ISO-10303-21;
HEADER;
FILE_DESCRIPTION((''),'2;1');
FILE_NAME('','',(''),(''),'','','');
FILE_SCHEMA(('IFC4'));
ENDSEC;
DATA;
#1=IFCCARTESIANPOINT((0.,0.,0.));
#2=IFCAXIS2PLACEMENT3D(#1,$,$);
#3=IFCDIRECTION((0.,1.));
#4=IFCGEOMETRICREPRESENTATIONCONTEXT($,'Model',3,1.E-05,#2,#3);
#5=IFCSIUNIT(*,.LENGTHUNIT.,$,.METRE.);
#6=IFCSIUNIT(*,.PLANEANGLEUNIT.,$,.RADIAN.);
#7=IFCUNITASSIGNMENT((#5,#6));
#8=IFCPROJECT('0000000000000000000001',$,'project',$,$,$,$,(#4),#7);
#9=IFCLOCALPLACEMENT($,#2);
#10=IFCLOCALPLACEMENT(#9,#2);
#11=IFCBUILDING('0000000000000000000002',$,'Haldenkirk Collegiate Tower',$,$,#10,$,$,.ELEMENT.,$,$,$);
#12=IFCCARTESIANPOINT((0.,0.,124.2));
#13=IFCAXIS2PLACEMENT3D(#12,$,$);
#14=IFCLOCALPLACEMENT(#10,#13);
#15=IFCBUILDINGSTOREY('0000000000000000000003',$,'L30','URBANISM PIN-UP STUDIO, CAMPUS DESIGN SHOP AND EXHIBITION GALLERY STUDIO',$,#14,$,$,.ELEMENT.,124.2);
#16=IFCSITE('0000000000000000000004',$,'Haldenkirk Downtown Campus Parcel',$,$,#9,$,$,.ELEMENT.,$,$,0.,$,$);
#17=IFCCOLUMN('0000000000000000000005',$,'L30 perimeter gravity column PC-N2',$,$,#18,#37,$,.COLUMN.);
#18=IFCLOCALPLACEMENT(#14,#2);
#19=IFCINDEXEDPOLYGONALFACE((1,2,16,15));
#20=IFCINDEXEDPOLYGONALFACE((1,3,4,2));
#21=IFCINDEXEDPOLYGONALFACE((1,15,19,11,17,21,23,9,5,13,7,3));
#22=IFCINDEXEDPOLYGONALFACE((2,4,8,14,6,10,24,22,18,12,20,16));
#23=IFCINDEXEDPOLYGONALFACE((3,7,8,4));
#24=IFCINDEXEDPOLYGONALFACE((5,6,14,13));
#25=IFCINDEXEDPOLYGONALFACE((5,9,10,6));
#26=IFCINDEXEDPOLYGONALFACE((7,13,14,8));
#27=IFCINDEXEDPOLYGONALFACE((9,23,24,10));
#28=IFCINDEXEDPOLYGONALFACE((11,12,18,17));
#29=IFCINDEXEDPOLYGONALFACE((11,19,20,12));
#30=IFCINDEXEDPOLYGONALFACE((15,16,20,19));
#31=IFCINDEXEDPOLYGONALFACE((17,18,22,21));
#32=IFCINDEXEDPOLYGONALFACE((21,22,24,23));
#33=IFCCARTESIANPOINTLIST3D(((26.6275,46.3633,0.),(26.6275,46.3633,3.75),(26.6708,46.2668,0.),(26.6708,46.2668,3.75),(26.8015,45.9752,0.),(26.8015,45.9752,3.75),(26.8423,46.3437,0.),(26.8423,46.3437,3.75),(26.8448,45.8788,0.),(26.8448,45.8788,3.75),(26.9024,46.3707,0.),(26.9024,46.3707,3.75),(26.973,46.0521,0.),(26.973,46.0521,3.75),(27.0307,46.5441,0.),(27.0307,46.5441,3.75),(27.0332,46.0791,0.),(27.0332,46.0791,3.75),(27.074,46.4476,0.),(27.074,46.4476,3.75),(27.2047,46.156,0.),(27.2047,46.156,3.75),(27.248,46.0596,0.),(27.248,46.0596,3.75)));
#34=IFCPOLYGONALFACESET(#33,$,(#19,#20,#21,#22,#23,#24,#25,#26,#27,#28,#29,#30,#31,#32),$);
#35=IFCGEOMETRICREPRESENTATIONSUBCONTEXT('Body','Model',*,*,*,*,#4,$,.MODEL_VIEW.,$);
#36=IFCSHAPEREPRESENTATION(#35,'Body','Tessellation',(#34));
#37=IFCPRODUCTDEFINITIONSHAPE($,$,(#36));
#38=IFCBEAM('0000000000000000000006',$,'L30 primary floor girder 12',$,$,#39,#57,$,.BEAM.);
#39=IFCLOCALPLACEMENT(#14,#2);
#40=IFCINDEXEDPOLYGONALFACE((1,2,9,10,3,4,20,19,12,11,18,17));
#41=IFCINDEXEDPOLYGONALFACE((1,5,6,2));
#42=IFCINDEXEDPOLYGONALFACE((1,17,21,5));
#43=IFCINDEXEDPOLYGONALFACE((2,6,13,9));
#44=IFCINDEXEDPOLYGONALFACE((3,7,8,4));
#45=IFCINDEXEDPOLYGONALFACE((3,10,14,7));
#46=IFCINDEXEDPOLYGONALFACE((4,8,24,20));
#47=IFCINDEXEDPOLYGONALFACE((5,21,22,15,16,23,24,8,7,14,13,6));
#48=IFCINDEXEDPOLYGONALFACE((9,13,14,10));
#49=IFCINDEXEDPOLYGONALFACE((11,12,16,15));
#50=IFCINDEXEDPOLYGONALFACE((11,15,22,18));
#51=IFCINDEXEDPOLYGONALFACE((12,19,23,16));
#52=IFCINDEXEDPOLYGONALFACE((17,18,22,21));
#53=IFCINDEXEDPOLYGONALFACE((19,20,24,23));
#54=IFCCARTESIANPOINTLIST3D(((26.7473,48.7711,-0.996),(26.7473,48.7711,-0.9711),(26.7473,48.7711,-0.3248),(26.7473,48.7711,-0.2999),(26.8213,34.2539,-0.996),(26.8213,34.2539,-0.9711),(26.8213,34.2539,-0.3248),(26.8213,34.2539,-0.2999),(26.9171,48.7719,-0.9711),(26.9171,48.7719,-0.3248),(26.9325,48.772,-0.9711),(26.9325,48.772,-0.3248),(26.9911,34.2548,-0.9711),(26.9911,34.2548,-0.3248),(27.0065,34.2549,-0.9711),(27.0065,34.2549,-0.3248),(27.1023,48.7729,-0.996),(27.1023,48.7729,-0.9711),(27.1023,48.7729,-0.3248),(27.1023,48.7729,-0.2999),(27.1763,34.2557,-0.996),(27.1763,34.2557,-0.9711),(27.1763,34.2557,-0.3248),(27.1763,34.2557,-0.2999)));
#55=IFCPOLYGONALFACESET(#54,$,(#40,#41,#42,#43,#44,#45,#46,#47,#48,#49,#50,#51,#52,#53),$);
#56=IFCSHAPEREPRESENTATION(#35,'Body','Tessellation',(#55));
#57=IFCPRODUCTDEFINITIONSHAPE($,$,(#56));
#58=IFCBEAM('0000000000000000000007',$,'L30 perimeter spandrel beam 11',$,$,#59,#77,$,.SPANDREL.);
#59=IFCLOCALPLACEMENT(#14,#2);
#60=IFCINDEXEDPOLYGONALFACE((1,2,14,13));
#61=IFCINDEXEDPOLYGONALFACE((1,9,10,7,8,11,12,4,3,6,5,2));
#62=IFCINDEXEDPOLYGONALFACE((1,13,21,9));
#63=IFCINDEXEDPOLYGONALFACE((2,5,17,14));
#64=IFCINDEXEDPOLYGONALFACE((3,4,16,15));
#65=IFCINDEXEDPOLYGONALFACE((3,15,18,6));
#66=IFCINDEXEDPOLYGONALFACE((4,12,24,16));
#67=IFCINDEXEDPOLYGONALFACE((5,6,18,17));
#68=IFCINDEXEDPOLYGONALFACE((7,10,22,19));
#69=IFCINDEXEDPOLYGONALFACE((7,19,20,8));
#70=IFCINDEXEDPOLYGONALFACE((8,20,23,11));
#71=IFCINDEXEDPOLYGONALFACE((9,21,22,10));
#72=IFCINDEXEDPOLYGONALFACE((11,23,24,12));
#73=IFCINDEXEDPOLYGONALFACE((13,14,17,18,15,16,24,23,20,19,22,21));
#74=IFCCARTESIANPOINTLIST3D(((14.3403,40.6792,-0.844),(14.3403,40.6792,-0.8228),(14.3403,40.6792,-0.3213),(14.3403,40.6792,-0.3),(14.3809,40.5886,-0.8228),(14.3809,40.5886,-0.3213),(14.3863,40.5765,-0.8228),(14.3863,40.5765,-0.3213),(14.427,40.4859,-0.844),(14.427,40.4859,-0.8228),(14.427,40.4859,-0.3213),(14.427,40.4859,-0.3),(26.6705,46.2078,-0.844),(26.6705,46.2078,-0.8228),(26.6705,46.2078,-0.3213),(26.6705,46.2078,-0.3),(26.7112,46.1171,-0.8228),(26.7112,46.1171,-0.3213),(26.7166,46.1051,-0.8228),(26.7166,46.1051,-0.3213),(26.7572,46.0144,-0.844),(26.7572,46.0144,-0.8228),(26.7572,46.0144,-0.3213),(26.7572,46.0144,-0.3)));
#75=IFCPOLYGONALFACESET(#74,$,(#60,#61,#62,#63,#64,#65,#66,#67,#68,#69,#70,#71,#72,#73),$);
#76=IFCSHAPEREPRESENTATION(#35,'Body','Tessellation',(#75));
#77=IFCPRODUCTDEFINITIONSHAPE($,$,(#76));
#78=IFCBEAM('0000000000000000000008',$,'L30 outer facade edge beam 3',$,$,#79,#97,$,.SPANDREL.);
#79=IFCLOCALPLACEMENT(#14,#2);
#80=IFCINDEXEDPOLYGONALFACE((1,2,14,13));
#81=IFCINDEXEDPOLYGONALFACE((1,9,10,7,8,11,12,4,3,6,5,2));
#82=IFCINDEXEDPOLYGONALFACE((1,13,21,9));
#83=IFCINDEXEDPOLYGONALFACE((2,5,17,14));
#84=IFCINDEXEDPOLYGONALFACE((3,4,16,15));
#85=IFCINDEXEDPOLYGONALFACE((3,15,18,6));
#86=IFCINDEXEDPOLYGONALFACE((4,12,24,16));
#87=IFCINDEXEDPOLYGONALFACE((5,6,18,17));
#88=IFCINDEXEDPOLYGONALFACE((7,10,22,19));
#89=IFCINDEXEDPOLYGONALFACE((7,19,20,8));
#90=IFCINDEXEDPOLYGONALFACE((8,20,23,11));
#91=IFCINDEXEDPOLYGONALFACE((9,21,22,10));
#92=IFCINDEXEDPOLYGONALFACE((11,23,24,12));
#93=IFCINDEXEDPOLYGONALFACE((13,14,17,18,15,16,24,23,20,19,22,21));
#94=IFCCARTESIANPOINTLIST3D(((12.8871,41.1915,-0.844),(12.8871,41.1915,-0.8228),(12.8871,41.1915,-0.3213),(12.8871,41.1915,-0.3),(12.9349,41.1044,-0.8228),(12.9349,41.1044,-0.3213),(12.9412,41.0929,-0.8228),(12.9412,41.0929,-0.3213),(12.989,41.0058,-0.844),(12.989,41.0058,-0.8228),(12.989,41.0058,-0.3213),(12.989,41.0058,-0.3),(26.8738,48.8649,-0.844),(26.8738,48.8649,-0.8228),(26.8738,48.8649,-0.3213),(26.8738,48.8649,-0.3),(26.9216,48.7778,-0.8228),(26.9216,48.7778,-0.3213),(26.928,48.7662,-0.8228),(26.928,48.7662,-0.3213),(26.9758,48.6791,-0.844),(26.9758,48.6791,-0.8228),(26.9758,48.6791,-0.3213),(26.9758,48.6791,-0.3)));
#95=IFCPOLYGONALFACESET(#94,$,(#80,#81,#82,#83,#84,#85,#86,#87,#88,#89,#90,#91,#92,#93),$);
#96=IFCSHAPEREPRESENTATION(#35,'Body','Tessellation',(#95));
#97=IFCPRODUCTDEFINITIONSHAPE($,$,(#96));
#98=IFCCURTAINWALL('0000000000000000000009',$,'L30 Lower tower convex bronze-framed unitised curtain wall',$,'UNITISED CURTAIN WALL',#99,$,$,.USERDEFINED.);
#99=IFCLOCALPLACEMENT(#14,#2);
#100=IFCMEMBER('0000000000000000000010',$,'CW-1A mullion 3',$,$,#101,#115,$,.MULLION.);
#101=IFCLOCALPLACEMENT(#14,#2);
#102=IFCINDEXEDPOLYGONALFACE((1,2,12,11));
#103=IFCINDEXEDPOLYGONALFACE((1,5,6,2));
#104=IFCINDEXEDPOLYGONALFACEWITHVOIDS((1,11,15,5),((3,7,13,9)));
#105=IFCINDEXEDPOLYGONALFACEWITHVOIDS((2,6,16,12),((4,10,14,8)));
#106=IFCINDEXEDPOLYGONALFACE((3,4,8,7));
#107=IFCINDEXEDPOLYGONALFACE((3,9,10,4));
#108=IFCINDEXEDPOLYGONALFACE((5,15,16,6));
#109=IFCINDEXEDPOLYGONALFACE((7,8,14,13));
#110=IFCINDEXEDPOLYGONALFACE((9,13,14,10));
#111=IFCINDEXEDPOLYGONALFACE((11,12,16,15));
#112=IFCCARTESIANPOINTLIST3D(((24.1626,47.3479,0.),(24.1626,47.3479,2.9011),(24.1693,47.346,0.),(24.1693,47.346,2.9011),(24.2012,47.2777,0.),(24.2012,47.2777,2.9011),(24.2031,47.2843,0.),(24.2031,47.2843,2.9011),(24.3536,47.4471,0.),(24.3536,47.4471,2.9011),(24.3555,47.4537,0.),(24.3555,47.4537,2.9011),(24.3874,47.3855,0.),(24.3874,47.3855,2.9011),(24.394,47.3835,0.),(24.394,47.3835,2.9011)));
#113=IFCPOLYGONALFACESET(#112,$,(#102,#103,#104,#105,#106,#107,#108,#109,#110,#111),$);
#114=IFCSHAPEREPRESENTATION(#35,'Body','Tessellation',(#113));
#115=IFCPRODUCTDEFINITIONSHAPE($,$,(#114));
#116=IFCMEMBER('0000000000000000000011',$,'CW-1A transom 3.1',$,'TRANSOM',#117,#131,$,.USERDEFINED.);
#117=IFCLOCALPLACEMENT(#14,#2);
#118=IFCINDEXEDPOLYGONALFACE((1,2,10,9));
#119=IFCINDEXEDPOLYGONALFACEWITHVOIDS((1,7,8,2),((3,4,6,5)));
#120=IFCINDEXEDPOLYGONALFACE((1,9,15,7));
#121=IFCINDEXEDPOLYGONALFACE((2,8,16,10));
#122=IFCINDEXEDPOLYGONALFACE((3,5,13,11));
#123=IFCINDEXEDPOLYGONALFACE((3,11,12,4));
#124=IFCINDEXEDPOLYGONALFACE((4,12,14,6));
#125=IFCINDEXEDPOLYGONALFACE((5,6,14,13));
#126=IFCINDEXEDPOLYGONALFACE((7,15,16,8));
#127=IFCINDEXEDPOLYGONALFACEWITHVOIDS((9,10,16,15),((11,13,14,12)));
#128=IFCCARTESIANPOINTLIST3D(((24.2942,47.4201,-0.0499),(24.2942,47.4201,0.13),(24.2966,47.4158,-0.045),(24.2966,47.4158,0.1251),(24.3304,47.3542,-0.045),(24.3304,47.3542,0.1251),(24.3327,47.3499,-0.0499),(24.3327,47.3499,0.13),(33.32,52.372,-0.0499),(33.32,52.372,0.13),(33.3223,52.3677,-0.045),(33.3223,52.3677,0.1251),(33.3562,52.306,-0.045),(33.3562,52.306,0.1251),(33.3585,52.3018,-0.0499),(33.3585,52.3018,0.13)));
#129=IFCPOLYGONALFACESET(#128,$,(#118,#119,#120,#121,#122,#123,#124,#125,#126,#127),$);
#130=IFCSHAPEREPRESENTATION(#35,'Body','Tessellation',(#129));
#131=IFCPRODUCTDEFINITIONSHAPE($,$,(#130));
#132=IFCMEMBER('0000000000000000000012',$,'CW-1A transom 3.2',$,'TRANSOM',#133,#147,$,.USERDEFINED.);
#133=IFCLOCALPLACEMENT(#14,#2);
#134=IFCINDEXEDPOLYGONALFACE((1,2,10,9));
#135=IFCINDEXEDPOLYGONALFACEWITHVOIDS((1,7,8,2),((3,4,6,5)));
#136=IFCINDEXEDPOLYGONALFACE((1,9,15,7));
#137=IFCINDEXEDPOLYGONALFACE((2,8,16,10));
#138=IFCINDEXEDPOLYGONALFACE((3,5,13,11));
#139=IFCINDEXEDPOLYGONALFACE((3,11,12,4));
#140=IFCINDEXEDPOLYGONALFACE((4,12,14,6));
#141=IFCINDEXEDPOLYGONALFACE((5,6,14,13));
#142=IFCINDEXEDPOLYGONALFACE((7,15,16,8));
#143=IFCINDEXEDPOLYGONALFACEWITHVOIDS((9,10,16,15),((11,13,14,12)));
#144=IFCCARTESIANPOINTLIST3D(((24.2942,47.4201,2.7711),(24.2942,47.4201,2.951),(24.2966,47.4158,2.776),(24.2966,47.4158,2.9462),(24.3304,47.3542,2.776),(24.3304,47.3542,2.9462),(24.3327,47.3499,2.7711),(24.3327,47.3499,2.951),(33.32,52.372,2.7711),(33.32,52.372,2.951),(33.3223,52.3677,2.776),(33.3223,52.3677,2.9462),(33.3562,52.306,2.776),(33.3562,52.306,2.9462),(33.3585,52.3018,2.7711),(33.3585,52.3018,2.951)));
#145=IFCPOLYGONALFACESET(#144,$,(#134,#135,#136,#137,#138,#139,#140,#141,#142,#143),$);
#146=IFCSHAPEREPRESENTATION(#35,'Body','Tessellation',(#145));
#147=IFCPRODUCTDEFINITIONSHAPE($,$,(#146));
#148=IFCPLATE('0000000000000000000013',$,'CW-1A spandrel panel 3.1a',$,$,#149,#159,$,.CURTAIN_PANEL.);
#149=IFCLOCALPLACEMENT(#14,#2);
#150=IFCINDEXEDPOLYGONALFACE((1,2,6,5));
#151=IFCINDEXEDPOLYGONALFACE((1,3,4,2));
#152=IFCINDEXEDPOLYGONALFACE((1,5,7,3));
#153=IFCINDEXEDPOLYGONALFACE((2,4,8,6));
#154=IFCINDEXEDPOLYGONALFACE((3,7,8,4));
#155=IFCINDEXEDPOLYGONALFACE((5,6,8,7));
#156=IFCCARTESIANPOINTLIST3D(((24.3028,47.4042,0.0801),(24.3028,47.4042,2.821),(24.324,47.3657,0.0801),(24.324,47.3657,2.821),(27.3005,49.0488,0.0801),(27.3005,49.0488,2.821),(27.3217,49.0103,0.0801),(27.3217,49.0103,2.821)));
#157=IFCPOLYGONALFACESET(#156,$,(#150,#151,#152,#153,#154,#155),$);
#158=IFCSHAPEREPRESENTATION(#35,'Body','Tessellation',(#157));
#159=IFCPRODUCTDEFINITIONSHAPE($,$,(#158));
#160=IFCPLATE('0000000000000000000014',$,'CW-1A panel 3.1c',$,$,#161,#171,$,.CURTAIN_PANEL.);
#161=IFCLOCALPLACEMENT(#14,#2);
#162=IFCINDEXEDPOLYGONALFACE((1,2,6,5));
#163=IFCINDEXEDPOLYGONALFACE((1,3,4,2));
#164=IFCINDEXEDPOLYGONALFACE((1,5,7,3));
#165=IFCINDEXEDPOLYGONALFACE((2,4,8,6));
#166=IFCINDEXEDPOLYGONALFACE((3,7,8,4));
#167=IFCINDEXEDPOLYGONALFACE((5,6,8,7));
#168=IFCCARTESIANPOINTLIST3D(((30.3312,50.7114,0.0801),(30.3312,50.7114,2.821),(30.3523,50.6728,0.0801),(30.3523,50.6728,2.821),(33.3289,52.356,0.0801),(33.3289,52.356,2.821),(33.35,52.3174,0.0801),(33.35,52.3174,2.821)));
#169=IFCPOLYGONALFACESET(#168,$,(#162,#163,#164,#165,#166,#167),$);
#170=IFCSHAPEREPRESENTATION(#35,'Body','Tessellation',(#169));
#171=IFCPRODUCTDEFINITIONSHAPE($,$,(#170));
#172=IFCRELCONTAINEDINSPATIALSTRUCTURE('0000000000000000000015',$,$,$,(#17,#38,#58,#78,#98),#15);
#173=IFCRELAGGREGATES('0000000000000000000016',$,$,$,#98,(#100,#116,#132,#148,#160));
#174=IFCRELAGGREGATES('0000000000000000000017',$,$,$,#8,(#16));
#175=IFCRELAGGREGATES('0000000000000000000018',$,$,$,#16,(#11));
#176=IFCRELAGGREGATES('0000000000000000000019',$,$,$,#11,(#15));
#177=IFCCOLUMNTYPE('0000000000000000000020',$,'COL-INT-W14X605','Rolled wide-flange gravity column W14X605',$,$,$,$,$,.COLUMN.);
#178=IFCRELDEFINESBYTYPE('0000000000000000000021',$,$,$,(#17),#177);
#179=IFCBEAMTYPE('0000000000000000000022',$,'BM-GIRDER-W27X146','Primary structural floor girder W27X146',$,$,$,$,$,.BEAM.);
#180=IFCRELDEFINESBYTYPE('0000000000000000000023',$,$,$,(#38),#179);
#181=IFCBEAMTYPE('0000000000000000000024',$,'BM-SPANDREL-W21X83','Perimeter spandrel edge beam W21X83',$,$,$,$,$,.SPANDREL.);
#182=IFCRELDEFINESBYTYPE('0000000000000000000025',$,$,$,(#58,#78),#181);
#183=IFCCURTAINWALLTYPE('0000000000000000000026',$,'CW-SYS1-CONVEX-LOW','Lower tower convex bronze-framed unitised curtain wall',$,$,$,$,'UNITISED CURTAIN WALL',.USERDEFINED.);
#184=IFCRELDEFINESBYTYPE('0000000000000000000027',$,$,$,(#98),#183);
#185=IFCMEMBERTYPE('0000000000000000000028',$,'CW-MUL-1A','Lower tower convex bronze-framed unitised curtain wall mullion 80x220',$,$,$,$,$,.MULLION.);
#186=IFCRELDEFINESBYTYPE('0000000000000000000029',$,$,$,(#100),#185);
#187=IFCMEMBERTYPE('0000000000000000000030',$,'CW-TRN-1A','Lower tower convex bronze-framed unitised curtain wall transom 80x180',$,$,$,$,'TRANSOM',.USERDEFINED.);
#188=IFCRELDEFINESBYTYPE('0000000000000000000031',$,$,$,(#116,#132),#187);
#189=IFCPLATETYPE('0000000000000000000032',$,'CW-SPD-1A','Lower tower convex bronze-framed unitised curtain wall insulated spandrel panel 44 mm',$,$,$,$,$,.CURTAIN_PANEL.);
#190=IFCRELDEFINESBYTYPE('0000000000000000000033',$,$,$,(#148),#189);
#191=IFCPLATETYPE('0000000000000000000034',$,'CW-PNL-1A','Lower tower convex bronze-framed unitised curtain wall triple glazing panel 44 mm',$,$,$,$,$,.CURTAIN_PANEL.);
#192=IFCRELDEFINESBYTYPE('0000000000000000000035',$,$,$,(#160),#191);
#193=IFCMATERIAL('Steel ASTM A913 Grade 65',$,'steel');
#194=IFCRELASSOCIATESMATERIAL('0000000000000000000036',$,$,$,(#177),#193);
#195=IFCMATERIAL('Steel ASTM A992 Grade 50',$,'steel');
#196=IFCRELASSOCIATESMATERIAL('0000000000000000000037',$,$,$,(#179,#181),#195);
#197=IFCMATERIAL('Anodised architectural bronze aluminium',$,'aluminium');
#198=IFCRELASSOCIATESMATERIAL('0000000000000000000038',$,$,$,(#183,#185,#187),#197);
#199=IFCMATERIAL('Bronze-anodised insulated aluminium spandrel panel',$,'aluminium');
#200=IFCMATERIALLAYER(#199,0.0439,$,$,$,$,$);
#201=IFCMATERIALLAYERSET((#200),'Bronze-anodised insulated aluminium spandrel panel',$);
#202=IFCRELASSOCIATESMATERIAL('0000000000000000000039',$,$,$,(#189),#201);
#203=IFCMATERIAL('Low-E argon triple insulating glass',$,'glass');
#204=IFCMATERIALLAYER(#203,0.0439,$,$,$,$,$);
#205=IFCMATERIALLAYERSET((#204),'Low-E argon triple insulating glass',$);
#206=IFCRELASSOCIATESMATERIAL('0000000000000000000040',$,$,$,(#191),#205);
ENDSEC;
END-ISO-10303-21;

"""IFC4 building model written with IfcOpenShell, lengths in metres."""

from ifc_helpers import new_model, si_unit, direction, frame, origin, origin_2d, place, context, subcontext, project, spatial, rectangle, hollow_rectangle, i_section, extrude, source, transform, mapped, material, layer, layer_set, material_profile, profile_set, type_object, element, aggregate, save


model = new_model("IFC4")

# Units and contexts
model_context = context("Model", 3, precision=1e-05, world=origin(), true_north=direction((0.0, 1.0)))
body_context = subcontext(model_context, "Body", "Model", "MODEL_VIEW")
ifc_project = project(units=[si_unit("LENGTHUNIT", "METRE"), si_unit("PLANEANGLEUNIT", "RADIAN")], contexts=[model_context])

# Site, building, storey
site_placement = place(None, origin())
site = spatial("IfcSite", under=ifc_project, at=site_placement, Name="Haldenkirk Downtown Campus Parcel", CompositionType="ELEMENT", RefElevation=0.0)
building_placement = place(site_placement, origin())
building = spatial("IfcBuilding", under=site, at=building_placement, Name="Haldenkirk Collegiate Tower", CompositionType="ELEMENT")
storey_placement = place(building_placement, frame((0.0, 0.0, 124.2)))
storey = spatial("IfcBuildingStorey", under=building, at=storey_placement, Name="L30", Description="URBANISM PIN-UP STUDIO, CAMPUS DESIGN SHOP AND EXHIBITION GALLERY STUDIO", CompositionType="ELEMENT", Elevation=124.2)

# Column
ifc_material_1 = material(Name="Steel ASTM A913 Grade 65", Category="steel")
ifc_material_profile_1 = material_profile(ifc_material_1, i_section(OverallWidth=0.4419, OverallDepth=0.531, WebThickness=0.0659, FlangeThickness=0.1057, at=origin_2d()), Name="W14X605")
ifc_profile_set_1 = profile_set([ifc_material_profile_1], Name="Steel ASTM A913 Grade 65")
column_type = type_object("IfcColumnType", Name="COL-INT-W14X605", Description="Rolled wide-flange gravity column W14X605", PredefinedType="COLUMN", material=ifc_profile_set_1)
column_placement = place(storey_placement, frame((26.9377, 46.2114, 0.0), z_axis=(0.0, 0.0, 1.0), x_axis=(0.912477, 0.409127, 0.0)))
element("IfcColumn", 1, at=column_placement, inside=storey, type_object=column_type, Name="L30 perimeter gravity column PC-N2", PredefinedType="COLUMN", context=body_context, shape_type="SweptSolid", body=[
    extrude(i_section(OverallWidth=0.4419, OverallDepth=0.531, WebThickness=0.0659, FlangeThickness=0.1057, at=origin_2d()), origin(), (0.0, 0.0, 1.0), 3.75),
])

# Beams
ifc_material_2 = material(Name="Steel ASTM A992 Grade 50", Category="steel")
ifc_material_profile_2 = material_profile(ifc_material_2, i_section(OverallWidth=0.355, OverallDepth=0.696, WebThickness=0.0154, FlangeThickness=0.0249, at=origin_2d()), Name="W27X146")
ifc_profile_set_2 = profile_set([ifc_material_profile_2], Name="Steel ASTM A992 Grade 50")
beam_type_1 = type_object("IfcBeamType", Name="BM-GIRDER-W27X146", Description="Primary structural floor girder W27X146", PredefinedType="BEAM", material=ifc_profile_set_2)
beam_1_placement = place(storey_placement, frame((26.9248, 48.772, -0.6479), z_axis=(0.005096, -0.999987, 0.0), x_axis=(0.999987, 0.005096, 0.0)))
element("IfcBeam", 2, at=beam_1_placement, inside=storey, type_object=beam_type_1, Name="L30 primary floor girder 12", PredefinedType="BEAM", context=body_context, shape_type="SweptSolid", body=[
    extrude(i_section(OverallWidth=0.355, OverallDepth=0.696, WebThickness=0.0154, FlangeThickness=0.0249, at=origin_2d()), origin(), (0.0, 0.0, 1.0), 14.5173),
])
ifc_material_profile_3 = material_profile(ifc_material_2, i_section(OverallWidth=0.2119, OverallDepth=0.5439, WebThickness=0.0132, FlangeThickness=0.0212, at=origin_2d()), Name="W21X83")
ifc_profile_set_3 = profile_set([ifc_material_profile_3], Name="Steel ASTM A992 Grade 50")
beam_type_2 = type_object("IfcBeamType", Name="BM-SPANDREL-W21X83", Description="Perimeter spandrel edge beam W21X83", PredefinedType="SPANDREL", material=ifc_profile_set_3)
beam_2_placement = place(storey_placement, frame((26.7139, 46.1111, -0.572), z_axis=(-0.912477, -0.409129, 0.0), x_axis=(0.409129, -0.912477, 0.0)))
element("IfcBeam", 3, at=beam_2_placement, inside=storey, type_object=beam_type_2, Name="L30 perimeter spandrel beam 11", PredefinedType="SPANDREL", context=body_context, shape_type="SweptSolid", body=[
    extrude(i_section(OverallWidth=0.2119, OverallDepth=0.5439, WebThickness=0.0132, FlangeThickness=0.0212, at=origin_2d()), origin(), (0.0, 0.0, 1.0), 13.5129),
])
beam_3_placement = place(storey_placement, frame((26.9248, 48.772, -0.572), z_axis=(-0.876729, -0.480984, 0.0), x_axis=(0.480984, -0.876729, 0.0)))
element("IfcBeam", 4, at=beam_3_placement, inside=storey, type_object=beam_type_2, Name="L30 outer facade edge beam 3", PredefinedType="SPANDREL", context=body_context, shape_type="SweptSolid", body=[
    extrude(i_section(OverallWidth=0.2119, OverallDepth=0.5439, WebThickness=0.0132, FlangeThickness=0.0212, at=origin_2d()), origin(), (0.0, 0.0, 1.0), 15.9534),
])

# Curtain wall, members, plates
ifc_material_3 = material(Name="Anodised architectural bronze aluminium", Category="aluminium")
curtain_wall_type = type_object("IfcCurtainWallType", Name="CW-SYS1-CONVEX-LOW", Description="Lower tower convex bronze-framed unitised curtain wall", ElementType="UNITISED CURTAIN WALL", PredefinedType="USERDEFINED", material=ifc_material_3)
curtain_wall_placement = place(storey_placement, origin())
curtain_wall = element("IfcCurtainWall", 5, at=curtain_wall_placement, inside=storey, type_object=curtain_wall_type, Name="L30 Lower tower convex bronze-framed unitised curtain wall", ObjectType="UNITISED CURTAIN WALL", PredefinedType="USERDEFINED")
ifc_material_profile_4 = material_profile(ifc_material_3, hollow_rectangle(XDim=0.0801, YDim=0.22, WallThickness=0.0049, at=origin_2d()), Name="CW-MUL-1A")
ifc_profile_set_4 = profile_set([ifc_material_profile_4], Name="Anodised architectural bronze aluminium")
member_type_1 = type_object("IfcMemberType", Name="CW-MUL-1A", Description="Lower tower convex bronze-framed unitised curtain wall mullion 80x220", PredefinedType="MULLION", material=ifc_profile_set_4)
member_1_placement = place(storey_placement, frame((24.2783, 47.3657, 0.0), z_axis=(0.0, 0.0, 1.0), x_axis=(-0.480989, 0.876727, 0.0)))
member_1 = element("IfcMember", 6, at=member_1_placement, type_object=member_type_1, Name="CW-1A mullion 3", PredefinedType="MULLION", context=body_context, shape_type="SweptSolid", body=[
    extrude(hollow_rectangle(XDim=0.0801, YDim=0.22, WallThickness=0.0049, at=origin_2d()), origin(), (0.0, 0.0, 1.0), 2.9011),
])
ifc_material_profile_5 = material_profile(ifc_material_3, hollow_rectangle(XDim=0.0801, YDim=0.1799, WallThickness=0.0049, at=origin_2d()), Name="CW-TRN-1A")
ifc_profile_set_5 = profile_set([ifc_material_profile_5], Name="Anodised architectural bronze aluminium")
member_type_2 = type_object("IfcMemberType", Name="CW-TRN-1A", Description="Lower tower convex bronze-framed unitised curtain wall transom 80x180", ElementType="TRANSOM", PredefinedType="USERDEFINED", material=ifc_profile_set_5)
member_2_placement = place(storey_placement, frame((24.3135, 47.385, 0.04), z_axis=(0.876721, 0.480999, 0.0), x_axis=(-0.480999, 0.876721, 0.0)))
member_2 = element("IfcMember", 7, at=member_2_placement, type_object=member_type_2, Name="CW-1A transom 3.1", ObjectType="TRANSOM", PredefinedType="USERDEFINED", context=body_context, shape_type="SweptSolid", body=[
    extrude(hollow_rectangle(XDim=0.0801, YDim=0.1799, WallThickness=0.0049, at=origin_2d()), origin(), (0.0, 0.0, 1.0), 10.2949),
])
member_3_placement = place(storey_placement, frame((24.3135, 47.385, 2.8611), z_axis=(0.876721, 0.480999, 0.0), x_axis=(-0.480999, 0.876721, 0.0)))
member_3 = element("IfcMember", 8, at=member_3_placement, type_object=member_type_2, Name="CW-1A transom 3.2", ObjectType="TRANSOM", PredefinedType="USERDEFINED", context=body_context, shape_type="SweptSolid", body=[
    extrude(hollow_rectangle(XDim=0.0801, YDim=0.1799, WallThickness=0.0049, at=origin_2d()), origin(), (0.0, 0.0, 1.0), 10.2949),
])
ifc_material_4 = material(Name="Bronze-anodised insulated aluminium spandrel panel", Category="aluminium")
ifc_layer_1 = layer(ifc_material_4, 0.0439)
ifc_layer_set_1 = layer_set([ifc_layer_1], Name="Bronze-anodised insulated aluminium spandrel panel")
plate_type_1 = type_object("IfcPlateType", Name="CW-SPD-1A", Description="Lower tower convex bronze-framed unitised curtain wall insulated spandrel panel 44 mm", PredefinedType="CURTAIN_PANEL", material=ifc_layer_set_1)
shared_shape_1 = source(origin(), body_context, "Body", "SweptSolid", [
    extrude(rectangle(XDim=3.4192, YDim=0.0439, at=origin_2d()), origin(), (0.0, 0.0, 1.0), 2.741),
])
plate_1_placement = place(storey_placement, frame((25.8123, 48.2073, 0.0801), z_axis=(0.0, 0.0, 1.0), x_axis=(0.876727, 0.480989, 0.0)))
plate_1 = element("IfcPlate", 9, at=plate_1_placement, type_object=plate_type_1, Name="CW-1A spandrel panel 3.1a", PredefinedType="CURTAIN_PANEL", context=body_context, shape_type="MappedRepresentation", body=[
    mapped(shared_shape_1, transform((0.0, 0.0, 0.0), x_axis=(1.0, 0.0, 0.0), y_axis=(0.0, 1.0, 0.0), z_axis=(0.0, 0.0, 1.0), scale=1.0)),
])
ifc_material_5 = material(Name="Low-E argon triple insulating glass", Category="glass")
ifc_layer_2 = layer(ifc_material_5, 0.0439)
ifc_layer_set_2 = layer_set([ifc_layer_2], Name="Low-E argon triple insulating glass")
plate_type_2 = type_object("IfcPlateType", Name="CW-PNL-1A", Description="Lower tower convex bronze-framed unitised curtain wall triple glazing panel 44 mm", PredefinedType="CURTAIN_PANEL", material=ifc_layer_set_2)
plate_2_placement = place(storey_placement, frame((31.8406, 51.5144, 0.0801), z_axis=(0.0, 0.0, 1.0), x_axis=(0.876727, 0.480989, 0.0)))
plate_2 = element("IfcPlate", 10, at=plate_2_placement, type_object=plate_type_2, Name="CW-1A panel 3.1c", PredefinedType="CURTAIN_PANEL", context=body_context, shape_type="MappedRepresentation", body=[
    mapped(shared_shape_1, transform((0.0, 0.0, 0.0), x_axis=(1.0, 0.0, 0.0), y_axis=(0.0, 1.0, 0.0), z_axis=(0.0, 0.0, 1.0), scale=1.0)),
])
aggregate(curtain_wall, [member_1, member_2, member_3, plate_1, plate_2])

save(model, "model.ifc")
